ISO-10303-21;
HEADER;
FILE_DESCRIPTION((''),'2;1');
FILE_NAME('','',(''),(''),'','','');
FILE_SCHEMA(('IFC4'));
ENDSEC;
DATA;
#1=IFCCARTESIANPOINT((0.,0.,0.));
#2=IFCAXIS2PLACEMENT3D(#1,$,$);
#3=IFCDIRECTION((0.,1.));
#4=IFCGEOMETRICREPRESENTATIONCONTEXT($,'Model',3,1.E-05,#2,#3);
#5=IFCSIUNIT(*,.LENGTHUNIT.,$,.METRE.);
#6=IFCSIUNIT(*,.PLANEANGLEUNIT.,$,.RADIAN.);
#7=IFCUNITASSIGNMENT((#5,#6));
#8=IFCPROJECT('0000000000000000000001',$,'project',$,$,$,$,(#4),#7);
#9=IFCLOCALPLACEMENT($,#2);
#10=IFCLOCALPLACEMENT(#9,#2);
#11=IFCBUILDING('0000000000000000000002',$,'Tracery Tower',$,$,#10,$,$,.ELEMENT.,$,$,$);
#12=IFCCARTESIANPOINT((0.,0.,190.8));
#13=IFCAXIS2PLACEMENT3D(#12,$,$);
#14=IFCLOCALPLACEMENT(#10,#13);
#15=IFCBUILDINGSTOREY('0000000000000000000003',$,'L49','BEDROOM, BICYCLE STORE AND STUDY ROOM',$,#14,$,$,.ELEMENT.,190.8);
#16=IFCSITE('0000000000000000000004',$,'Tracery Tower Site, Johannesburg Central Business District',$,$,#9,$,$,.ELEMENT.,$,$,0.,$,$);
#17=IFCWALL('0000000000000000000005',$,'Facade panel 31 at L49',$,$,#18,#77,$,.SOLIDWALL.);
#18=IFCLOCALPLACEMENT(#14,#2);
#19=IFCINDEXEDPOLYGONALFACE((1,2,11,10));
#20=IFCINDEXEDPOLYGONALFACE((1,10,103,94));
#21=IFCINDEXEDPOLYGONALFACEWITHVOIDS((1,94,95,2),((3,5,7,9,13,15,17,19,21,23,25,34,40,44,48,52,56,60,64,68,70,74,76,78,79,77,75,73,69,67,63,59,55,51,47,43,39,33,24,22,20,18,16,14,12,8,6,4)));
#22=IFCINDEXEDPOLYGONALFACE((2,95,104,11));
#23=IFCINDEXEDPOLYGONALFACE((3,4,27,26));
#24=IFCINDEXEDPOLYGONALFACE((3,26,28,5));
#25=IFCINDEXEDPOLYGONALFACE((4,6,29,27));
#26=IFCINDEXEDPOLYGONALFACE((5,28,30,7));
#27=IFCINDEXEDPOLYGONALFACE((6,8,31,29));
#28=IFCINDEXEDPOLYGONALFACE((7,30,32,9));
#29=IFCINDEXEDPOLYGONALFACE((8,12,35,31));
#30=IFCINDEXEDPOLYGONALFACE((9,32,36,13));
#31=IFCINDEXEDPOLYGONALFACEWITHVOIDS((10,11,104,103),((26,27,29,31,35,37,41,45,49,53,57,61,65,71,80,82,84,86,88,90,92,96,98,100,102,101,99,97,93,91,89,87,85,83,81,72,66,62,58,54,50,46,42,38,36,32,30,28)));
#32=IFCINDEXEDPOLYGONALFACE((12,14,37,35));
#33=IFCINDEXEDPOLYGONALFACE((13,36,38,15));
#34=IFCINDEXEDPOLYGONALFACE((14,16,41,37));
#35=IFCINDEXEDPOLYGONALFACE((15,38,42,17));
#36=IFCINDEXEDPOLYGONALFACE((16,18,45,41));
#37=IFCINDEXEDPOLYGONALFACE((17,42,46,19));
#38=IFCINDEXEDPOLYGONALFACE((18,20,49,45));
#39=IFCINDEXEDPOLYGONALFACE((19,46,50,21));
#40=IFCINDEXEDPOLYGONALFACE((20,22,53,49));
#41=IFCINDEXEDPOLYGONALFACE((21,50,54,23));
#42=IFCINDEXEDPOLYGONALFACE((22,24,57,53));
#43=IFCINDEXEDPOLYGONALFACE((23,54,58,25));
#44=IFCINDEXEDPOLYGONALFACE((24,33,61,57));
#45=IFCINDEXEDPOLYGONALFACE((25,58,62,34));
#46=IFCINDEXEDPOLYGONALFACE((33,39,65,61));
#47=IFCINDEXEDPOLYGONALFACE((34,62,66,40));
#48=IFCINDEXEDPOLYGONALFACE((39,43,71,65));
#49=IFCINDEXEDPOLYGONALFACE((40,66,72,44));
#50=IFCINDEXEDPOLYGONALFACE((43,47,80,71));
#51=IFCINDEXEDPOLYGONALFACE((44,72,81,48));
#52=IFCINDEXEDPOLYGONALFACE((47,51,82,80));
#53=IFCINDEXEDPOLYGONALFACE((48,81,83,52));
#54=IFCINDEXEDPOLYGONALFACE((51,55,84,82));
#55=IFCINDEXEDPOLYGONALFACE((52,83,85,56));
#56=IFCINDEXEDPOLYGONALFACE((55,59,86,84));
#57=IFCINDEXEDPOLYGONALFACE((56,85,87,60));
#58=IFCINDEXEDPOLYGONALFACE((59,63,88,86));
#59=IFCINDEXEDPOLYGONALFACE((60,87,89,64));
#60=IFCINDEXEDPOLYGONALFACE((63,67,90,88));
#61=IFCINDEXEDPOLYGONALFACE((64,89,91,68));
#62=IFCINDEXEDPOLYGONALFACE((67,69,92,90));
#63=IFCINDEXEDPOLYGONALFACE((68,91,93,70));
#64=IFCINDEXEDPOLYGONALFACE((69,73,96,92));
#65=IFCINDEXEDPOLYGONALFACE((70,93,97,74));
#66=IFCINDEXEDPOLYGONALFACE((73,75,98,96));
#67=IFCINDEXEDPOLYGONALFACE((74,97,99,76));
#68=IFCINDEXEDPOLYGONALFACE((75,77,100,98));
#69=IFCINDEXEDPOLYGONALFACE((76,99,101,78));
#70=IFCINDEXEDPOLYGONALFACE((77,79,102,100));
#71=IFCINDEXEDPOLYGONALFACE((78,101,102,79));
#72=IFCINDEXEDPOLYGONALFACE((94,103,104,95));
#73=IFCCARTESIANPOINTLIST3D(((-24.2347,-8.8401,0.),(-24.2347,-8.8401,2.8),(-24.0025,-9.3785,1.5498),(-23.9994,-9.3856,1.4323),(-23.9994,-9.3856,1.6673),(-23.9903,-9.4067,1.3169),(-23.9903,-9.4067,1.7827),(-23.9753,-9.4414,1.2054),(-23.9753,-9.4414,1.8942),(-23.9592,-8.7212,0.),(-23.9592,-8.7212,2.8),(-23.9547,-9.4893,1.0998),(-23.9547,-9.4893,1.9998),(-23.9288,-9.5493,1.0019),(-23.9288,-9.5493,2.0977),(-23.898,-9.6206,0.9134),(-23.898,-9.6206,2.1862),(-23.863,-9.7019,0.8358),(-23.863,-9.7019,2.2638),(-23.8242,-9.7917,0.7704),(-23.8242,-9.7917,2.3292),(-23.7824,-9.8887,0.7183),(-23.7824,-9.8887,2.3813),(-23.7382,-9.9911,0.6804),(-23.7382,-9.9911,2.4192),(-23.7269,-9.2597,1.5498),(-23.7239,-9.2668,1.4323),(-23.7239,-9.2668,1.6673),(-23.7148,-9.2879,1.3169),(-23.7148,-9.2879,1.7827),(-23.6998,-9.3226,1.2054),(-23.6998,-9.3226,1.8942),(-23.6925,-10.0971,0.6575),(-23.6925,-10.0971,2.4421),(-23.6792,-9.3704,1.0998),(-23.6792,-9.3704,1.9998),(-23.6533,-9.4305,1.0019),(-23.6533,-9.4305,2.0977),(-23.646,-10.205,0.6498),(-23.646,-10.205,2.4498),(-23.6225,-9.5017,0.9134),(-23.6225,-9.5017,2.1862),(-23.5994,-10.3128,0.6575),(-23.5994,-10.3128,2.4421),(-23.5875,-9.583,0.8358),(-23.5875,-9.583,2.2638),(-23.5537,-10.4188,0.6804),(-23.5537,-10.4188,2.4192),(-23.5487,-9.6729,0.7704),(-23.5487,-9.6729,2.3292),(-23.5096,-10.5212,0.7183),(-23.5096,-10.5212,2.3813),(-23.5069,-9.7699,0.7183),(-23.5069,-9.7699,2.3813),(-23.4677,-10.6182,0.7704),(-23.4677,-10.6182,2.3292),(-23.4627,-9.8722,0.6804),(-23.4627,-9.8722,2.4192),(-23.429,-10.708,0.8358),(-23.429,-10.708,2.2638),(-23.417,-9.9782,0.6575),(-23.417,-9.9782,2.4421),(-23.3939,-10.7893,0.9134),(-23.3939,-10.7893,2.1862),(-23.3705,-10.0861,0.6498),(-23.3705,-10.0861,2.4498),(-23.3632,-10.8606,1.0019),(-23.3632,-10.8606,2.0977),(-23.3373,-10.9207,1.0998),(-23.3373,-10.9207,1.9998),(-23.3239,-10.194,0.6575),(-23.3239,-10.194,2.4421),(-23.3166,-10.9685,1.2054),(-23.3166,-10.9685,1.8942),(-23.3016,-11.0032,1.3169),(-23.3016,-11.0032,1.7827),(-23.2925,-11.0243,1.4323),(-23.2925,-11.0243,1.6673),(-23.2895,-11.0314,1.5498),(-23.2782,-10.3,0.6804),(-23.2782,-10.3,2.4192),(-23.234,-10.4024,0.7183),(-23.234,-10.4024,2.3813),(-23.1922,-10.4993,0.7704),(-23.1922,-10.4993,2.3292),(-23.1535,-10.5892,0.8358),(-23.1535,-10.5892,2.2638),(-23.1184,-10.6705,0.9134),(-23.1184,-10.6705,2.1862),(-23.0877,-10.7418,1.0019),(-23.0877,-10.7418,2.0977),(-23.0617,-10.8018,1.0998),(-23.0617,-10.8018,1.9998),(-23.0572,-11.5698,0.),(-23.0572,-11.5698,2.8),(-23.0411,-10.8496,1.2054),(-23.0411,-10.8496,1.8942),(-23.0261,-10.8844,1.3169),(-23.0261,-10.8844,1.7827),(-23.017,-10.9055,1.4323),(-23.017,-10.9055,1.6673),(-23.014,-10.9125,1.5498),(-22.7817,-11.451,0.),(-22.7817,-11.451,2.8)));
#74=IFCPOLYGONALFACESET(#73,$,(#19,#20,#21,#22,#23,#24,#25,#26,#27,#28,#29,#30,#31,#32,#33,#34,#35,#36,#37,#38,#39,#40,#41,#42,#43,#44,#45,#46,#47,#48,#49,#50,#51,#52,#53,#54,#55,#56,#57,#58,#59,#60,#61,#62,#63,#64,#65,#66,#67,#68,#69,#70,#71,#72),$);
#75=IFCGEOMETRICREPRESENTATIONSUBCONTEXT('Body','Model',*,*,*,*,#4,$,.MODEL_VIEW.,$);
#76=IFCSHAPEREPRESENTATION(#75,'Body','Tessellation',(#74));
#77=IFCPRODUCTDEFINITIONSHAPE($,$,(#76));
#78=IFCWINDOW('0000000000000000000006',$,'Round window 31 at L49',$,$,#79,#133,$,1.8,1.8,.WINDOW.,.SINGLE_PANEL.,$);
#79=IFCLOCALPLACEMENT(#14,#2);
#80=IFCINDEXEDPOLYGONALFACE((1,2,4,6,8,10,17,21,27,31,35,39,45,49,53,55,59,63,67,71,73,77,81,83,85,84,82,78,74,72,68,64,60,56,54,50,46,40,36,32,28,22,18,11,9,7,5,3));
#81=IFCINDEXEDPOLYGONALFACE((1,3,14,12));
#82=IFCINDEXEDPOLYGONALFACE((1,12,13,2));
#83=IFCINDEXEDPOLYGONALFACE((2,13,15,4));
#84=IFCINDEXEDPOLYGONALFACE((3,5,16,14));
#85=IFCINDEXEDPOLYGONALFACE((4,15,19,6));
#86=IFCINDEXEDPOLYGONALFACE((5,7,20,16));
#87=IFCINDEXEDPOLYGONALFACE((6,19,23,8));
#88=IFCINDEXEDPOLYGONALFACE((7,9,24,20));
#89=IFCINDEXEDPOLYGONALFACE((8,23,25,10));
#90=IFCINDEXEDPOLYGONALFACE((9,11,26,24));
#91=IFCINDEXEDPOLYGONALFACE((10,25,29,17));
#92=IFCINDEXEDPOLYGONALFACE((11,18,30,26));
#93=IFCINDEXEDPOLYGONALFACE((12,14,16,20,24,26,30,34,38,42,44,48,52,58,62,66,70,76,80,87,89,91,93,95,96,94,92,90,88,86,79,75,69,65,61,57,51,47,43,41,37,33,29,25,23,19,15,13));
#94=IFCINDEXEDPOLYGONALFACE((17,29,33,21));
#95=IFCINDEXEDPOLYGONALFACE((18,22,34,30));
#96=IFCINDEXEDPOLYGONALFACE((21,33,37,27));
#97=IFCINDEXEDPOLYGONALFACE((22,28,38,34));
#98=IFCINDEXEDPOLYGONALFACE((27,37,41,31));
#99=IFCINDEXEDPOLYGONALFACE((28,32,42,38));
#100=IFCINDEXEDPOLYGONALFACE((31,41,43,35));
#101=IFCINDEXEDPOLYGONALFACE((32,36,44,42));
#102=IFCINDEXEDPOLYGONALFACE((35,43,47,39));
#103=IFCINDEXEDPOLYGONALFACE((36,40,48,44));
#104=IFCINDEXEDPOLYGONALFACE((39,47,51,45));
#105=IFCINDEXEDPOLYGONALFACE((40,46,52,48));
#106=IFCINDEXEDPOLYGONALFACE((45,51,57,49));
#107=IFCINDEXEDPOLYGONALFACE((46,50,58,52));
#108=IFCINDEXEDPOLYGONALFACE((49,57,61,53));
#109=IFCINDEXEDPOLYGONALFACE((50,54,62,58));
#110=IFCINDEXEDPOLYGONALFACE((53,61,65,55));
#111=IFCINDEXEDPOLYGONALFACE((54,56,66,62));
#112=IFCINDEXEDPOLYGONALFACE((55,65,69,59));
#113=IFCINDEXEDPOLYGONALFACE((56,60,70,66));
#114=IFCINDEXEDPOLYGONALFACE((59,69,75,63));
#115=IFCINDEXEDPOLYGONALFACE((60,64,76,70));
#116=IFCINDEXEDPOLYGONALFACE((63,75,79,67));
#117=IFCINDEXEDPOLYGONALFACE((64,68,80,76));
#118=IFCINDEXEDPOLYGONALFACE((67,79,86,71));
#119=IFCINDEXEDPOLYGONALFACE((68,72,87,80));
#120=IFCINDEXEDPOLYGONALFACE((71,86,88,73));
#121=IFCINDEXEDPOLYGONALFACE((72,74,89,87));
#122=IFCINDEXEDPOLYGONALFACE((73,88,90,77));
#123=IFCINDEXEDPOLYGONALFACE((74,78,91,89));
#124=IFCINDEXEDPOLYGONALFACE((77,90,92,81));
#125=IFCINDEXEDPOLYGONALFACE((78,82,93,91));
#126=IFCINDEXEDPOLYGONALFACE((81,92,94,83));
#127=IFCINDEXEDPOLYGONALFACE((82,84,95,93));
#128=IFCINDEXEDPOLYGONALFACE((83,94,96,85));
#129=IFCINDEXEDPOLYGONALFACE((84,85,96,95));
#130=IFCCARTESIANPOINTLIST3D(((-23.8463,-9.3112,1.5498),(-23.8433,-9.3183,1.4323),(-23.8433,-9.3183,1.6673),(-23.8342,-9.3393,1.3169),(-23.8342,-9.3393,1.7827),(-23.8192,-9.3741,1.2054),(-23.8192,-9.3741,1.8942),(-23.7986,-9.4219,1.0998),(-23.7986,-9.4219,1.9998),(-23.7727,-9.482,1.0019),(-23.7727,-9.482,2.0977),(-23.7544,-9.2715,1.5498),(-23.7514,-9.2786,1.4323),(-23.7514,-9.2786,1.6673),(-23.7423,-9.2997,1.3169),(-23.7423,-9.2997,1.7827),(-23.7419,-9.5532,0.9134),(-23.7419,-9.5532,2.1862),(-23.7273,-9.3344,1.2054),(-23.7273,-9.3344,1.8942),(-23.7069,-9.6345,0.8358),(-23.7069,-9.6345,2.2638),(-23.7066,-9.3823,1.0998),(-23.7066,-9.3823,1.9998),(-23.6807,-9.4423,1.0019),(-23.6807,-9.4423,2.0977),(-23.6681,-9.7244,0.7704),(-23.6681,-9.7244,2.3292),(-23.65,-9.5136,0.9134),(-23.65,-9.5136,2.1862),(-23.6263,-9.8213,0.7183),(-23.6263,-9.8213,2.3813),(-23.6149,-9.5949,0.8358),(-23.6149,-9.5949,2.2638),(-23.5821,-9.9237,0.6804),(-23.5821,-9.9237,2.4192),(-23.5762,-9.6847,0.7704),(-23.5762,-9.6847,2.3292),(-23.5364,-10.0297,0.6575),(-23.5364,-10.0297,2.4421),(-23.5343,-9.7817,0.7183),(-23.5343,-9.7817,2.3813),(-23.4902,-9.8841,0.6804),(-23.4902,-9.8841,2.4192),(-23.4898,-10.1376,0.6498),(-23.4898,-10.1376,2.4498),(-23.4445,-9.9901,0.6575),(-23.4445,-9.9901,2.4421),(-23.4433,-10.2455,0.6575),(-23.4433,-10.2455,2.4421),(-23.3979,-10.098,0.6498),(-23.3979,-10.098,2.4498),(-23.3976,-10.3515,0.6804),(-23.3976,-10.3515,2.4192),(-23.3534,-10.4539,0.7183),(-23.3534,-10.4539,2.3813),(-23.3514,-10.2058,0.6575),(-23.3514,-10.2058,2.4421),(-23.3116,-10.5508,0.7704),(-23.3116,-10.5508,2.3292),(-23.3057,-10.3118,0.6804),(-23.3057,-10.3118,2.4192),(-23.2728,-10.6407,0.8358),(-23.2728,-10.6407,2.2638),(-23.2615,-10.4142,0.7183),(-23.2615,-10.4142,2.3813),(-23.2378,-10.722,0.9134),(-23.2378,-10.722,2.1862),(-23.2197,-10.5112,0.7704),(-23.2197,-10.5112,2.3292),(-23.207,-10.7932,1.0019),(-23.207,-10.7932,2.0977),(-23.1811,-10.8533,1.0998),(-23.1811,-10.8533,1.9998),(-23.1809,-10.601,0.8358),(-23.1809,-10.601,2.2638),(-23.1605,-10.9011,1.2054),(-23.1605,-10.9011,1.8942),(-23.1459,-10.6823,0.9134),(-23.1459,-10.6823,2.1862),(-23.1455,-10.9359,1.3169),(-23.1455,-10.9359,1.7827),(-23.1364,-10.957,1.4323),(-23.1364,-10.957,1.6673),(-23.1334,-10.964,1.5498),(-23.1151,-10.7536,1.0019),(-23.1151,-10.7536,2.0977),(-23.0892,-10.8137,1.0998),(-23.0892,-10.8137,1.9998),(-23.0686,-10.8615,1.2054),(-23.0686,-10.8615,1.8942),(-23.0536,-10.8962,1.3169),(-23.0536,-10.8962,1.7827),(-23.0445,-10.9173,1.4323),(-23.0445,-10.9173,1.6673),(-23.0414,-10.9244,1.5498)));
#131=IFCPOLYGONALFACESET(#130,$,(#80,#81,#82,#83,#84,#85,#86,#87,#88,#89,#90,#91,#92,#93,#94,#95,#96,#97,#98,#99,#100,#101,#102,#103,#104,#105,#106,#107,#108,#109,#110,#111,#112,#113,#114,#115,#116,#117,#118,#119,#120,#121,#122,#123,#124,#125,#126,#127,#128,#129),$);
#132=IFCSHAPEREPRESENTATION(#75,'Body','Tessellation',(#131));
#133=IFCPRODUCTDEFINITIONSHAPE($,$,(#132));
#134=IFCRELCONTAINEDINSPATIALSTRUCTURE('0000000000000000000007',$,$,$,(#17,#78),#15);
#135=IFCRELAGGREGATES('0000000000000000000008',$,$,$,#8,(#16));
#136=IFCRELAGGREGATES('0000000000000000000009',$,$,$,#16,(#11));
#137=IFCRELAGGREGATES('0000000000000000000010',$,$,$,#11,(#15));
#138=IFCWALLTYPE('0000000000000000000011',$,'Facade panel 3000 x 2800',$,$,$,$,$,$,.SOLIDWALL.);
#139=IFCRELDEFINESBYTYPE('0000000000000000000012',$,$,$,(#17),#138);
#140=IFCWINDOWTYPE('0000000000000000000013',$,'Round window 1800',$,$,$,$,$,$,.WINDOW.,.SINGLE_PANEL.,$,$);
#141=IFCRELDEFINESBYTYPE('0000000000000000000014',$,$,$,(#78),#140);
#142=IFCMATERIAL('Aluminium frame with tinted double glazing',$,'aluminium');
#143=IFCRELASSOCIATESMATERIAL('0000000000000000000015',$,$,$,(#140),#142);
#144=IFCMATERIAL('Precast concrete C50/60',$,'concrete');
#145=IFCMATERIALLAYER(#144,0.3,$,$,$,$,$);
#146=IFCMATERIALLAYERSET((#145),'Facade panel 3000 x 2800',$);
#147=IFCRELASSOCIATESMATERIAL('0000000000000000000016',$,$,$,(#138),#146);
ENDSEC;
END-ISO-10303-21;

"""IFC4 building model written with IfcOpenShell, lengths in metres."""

from ifc_helpers import new_model, si_unit, direction, frame, frame_2d, origin, origin_2d, place, context, subcontext, project, spatial, rectangle, circle, extrude, material, layer, layer_set, type_object, element, fill, save


model = new_model("IFC4")

# Units and contexts
model_context = context("Model", 3, precision=1e-05, world=origin(), true_north=direction((0.0, 1.0)))
body_context = subcontext(model_context, "Body", "Model", "MODEL_VIEW")
ifc_project = project(units=[si_unit("LENGTHUNIT", "METRE"), si_unit("PLANEANGLEUNIT", "RADIAN")], contexts=[model_context])

# Site, building, storey
site_placement = place(None, origin())
site = spatial("IfcSite", under=ifc_project, at=site_placement, Name="Tracery Tower Site, Johannesburg Central Business District", CompositionType="ELEMENT", RefElevation=0.0)
building_placement = place(site_placement, origin())
building = spatial("IfcBuilding", under=site, at=building_placement, Name="Tracery Tower", CompositionType="ELEMENT")
storey_placement = place(building_placement, frame((0.0, 0.0, 190.8)))
storey = spatial("IfcBuildingStorey", under=building, at=storey_placement, Name="L49", Description="BEDROOM, BICYCLE STORE AND STUDY ROOM", CompositionType="ELEMENT", Elevation=190.8)

# Wall, opening, window
ifc_material_1 = material(Name="Aluminium frame with tinted double glazing", Category="aluminium")
window_type = type_object("IfcWindowType", Name="Round window 1800", PartitioningType="SINGLE_PANEL", PredefinedType="WINDOW", material=ifc_material_1)
ifc_material_2 = material(Name="Precast concrete C50/60", Category="concrete")
ifc_layer_1 = layer(ifc_material_2, 0.3)
ifc_layer_set_1 = layer_set([ifc_layer_1], Name="Facade panel 3000 x 2800")
wall_type_1 = type_object("IfcWallType", Name="Facade panel 3000 x 2800", PredefinedType="SOLIDWALL", material=ifc_layer_set_1)
wall_1_placement = place(storey_placement, frame((-24.0969, -8.7808, 0.0), z_axis=(0.0, 0.0, 1.0), x_axis=(0.396079, -0.918216, 0.0)))
wall_1 = element("IfcWall", 1, at=wall_1_placement, inside=storey, type_object=wall_type_1, Name="Facade panel 31 at L49", PredefinedType="SOLIDWALL", context=body_context, shape_type="SweptSolid", body=[
    extrude(rectangle(XDim=2.9729, YDim=0.3, at=frame_2d((1.4863, 0.0))), origin(), (0.0, 0.0, 1.0), 2.8),
])
opening_1_placement = place(wall_1_placement, frame((1.4863, 0.0, 1.5498)))
opening_1 = element("IfcOpeningElement", 2, at=opening_1_placement, cuts=wall_1, PredefinedType="OPENING", context=body_context, shape_type="SweptSolid", body=[
    extrude(circle(Radius=0.9, at=origin_2d()), frame((0.0, 0.1599, 0.0), z_axis=(0.0, -1.0, 0.0), x_axis=(1.0, 0.0, 0.0)), (0.0, 0.0, 1.0), 0.3201),
])
window_1_placement = place(opening_1_placement, origin())
window_1 = element("IfcWindow", 3, at=window_1_placement, inside=storey, type_object=window_type, Name="Round window 31 at L49", OverallHeight=1.8, OverallWidth=1.8, PartitioningType="SINGLE_PANEL", PredefinedType="WINDOW", context=body_context, shape_type="SweptSolid", body=[
    extrude(circle(Radius=0.9, at=origin_2d()), frame((0.0, 0.1201, 0.0), z_axis=(0.0, -1.0, 0.0), x_axis=(1.0, 0.0, 0.0)), (0.0, 0.0, 1.0), 0.1001),
])
fill(opening_1, window_1)

save(model, "model.ifc")
